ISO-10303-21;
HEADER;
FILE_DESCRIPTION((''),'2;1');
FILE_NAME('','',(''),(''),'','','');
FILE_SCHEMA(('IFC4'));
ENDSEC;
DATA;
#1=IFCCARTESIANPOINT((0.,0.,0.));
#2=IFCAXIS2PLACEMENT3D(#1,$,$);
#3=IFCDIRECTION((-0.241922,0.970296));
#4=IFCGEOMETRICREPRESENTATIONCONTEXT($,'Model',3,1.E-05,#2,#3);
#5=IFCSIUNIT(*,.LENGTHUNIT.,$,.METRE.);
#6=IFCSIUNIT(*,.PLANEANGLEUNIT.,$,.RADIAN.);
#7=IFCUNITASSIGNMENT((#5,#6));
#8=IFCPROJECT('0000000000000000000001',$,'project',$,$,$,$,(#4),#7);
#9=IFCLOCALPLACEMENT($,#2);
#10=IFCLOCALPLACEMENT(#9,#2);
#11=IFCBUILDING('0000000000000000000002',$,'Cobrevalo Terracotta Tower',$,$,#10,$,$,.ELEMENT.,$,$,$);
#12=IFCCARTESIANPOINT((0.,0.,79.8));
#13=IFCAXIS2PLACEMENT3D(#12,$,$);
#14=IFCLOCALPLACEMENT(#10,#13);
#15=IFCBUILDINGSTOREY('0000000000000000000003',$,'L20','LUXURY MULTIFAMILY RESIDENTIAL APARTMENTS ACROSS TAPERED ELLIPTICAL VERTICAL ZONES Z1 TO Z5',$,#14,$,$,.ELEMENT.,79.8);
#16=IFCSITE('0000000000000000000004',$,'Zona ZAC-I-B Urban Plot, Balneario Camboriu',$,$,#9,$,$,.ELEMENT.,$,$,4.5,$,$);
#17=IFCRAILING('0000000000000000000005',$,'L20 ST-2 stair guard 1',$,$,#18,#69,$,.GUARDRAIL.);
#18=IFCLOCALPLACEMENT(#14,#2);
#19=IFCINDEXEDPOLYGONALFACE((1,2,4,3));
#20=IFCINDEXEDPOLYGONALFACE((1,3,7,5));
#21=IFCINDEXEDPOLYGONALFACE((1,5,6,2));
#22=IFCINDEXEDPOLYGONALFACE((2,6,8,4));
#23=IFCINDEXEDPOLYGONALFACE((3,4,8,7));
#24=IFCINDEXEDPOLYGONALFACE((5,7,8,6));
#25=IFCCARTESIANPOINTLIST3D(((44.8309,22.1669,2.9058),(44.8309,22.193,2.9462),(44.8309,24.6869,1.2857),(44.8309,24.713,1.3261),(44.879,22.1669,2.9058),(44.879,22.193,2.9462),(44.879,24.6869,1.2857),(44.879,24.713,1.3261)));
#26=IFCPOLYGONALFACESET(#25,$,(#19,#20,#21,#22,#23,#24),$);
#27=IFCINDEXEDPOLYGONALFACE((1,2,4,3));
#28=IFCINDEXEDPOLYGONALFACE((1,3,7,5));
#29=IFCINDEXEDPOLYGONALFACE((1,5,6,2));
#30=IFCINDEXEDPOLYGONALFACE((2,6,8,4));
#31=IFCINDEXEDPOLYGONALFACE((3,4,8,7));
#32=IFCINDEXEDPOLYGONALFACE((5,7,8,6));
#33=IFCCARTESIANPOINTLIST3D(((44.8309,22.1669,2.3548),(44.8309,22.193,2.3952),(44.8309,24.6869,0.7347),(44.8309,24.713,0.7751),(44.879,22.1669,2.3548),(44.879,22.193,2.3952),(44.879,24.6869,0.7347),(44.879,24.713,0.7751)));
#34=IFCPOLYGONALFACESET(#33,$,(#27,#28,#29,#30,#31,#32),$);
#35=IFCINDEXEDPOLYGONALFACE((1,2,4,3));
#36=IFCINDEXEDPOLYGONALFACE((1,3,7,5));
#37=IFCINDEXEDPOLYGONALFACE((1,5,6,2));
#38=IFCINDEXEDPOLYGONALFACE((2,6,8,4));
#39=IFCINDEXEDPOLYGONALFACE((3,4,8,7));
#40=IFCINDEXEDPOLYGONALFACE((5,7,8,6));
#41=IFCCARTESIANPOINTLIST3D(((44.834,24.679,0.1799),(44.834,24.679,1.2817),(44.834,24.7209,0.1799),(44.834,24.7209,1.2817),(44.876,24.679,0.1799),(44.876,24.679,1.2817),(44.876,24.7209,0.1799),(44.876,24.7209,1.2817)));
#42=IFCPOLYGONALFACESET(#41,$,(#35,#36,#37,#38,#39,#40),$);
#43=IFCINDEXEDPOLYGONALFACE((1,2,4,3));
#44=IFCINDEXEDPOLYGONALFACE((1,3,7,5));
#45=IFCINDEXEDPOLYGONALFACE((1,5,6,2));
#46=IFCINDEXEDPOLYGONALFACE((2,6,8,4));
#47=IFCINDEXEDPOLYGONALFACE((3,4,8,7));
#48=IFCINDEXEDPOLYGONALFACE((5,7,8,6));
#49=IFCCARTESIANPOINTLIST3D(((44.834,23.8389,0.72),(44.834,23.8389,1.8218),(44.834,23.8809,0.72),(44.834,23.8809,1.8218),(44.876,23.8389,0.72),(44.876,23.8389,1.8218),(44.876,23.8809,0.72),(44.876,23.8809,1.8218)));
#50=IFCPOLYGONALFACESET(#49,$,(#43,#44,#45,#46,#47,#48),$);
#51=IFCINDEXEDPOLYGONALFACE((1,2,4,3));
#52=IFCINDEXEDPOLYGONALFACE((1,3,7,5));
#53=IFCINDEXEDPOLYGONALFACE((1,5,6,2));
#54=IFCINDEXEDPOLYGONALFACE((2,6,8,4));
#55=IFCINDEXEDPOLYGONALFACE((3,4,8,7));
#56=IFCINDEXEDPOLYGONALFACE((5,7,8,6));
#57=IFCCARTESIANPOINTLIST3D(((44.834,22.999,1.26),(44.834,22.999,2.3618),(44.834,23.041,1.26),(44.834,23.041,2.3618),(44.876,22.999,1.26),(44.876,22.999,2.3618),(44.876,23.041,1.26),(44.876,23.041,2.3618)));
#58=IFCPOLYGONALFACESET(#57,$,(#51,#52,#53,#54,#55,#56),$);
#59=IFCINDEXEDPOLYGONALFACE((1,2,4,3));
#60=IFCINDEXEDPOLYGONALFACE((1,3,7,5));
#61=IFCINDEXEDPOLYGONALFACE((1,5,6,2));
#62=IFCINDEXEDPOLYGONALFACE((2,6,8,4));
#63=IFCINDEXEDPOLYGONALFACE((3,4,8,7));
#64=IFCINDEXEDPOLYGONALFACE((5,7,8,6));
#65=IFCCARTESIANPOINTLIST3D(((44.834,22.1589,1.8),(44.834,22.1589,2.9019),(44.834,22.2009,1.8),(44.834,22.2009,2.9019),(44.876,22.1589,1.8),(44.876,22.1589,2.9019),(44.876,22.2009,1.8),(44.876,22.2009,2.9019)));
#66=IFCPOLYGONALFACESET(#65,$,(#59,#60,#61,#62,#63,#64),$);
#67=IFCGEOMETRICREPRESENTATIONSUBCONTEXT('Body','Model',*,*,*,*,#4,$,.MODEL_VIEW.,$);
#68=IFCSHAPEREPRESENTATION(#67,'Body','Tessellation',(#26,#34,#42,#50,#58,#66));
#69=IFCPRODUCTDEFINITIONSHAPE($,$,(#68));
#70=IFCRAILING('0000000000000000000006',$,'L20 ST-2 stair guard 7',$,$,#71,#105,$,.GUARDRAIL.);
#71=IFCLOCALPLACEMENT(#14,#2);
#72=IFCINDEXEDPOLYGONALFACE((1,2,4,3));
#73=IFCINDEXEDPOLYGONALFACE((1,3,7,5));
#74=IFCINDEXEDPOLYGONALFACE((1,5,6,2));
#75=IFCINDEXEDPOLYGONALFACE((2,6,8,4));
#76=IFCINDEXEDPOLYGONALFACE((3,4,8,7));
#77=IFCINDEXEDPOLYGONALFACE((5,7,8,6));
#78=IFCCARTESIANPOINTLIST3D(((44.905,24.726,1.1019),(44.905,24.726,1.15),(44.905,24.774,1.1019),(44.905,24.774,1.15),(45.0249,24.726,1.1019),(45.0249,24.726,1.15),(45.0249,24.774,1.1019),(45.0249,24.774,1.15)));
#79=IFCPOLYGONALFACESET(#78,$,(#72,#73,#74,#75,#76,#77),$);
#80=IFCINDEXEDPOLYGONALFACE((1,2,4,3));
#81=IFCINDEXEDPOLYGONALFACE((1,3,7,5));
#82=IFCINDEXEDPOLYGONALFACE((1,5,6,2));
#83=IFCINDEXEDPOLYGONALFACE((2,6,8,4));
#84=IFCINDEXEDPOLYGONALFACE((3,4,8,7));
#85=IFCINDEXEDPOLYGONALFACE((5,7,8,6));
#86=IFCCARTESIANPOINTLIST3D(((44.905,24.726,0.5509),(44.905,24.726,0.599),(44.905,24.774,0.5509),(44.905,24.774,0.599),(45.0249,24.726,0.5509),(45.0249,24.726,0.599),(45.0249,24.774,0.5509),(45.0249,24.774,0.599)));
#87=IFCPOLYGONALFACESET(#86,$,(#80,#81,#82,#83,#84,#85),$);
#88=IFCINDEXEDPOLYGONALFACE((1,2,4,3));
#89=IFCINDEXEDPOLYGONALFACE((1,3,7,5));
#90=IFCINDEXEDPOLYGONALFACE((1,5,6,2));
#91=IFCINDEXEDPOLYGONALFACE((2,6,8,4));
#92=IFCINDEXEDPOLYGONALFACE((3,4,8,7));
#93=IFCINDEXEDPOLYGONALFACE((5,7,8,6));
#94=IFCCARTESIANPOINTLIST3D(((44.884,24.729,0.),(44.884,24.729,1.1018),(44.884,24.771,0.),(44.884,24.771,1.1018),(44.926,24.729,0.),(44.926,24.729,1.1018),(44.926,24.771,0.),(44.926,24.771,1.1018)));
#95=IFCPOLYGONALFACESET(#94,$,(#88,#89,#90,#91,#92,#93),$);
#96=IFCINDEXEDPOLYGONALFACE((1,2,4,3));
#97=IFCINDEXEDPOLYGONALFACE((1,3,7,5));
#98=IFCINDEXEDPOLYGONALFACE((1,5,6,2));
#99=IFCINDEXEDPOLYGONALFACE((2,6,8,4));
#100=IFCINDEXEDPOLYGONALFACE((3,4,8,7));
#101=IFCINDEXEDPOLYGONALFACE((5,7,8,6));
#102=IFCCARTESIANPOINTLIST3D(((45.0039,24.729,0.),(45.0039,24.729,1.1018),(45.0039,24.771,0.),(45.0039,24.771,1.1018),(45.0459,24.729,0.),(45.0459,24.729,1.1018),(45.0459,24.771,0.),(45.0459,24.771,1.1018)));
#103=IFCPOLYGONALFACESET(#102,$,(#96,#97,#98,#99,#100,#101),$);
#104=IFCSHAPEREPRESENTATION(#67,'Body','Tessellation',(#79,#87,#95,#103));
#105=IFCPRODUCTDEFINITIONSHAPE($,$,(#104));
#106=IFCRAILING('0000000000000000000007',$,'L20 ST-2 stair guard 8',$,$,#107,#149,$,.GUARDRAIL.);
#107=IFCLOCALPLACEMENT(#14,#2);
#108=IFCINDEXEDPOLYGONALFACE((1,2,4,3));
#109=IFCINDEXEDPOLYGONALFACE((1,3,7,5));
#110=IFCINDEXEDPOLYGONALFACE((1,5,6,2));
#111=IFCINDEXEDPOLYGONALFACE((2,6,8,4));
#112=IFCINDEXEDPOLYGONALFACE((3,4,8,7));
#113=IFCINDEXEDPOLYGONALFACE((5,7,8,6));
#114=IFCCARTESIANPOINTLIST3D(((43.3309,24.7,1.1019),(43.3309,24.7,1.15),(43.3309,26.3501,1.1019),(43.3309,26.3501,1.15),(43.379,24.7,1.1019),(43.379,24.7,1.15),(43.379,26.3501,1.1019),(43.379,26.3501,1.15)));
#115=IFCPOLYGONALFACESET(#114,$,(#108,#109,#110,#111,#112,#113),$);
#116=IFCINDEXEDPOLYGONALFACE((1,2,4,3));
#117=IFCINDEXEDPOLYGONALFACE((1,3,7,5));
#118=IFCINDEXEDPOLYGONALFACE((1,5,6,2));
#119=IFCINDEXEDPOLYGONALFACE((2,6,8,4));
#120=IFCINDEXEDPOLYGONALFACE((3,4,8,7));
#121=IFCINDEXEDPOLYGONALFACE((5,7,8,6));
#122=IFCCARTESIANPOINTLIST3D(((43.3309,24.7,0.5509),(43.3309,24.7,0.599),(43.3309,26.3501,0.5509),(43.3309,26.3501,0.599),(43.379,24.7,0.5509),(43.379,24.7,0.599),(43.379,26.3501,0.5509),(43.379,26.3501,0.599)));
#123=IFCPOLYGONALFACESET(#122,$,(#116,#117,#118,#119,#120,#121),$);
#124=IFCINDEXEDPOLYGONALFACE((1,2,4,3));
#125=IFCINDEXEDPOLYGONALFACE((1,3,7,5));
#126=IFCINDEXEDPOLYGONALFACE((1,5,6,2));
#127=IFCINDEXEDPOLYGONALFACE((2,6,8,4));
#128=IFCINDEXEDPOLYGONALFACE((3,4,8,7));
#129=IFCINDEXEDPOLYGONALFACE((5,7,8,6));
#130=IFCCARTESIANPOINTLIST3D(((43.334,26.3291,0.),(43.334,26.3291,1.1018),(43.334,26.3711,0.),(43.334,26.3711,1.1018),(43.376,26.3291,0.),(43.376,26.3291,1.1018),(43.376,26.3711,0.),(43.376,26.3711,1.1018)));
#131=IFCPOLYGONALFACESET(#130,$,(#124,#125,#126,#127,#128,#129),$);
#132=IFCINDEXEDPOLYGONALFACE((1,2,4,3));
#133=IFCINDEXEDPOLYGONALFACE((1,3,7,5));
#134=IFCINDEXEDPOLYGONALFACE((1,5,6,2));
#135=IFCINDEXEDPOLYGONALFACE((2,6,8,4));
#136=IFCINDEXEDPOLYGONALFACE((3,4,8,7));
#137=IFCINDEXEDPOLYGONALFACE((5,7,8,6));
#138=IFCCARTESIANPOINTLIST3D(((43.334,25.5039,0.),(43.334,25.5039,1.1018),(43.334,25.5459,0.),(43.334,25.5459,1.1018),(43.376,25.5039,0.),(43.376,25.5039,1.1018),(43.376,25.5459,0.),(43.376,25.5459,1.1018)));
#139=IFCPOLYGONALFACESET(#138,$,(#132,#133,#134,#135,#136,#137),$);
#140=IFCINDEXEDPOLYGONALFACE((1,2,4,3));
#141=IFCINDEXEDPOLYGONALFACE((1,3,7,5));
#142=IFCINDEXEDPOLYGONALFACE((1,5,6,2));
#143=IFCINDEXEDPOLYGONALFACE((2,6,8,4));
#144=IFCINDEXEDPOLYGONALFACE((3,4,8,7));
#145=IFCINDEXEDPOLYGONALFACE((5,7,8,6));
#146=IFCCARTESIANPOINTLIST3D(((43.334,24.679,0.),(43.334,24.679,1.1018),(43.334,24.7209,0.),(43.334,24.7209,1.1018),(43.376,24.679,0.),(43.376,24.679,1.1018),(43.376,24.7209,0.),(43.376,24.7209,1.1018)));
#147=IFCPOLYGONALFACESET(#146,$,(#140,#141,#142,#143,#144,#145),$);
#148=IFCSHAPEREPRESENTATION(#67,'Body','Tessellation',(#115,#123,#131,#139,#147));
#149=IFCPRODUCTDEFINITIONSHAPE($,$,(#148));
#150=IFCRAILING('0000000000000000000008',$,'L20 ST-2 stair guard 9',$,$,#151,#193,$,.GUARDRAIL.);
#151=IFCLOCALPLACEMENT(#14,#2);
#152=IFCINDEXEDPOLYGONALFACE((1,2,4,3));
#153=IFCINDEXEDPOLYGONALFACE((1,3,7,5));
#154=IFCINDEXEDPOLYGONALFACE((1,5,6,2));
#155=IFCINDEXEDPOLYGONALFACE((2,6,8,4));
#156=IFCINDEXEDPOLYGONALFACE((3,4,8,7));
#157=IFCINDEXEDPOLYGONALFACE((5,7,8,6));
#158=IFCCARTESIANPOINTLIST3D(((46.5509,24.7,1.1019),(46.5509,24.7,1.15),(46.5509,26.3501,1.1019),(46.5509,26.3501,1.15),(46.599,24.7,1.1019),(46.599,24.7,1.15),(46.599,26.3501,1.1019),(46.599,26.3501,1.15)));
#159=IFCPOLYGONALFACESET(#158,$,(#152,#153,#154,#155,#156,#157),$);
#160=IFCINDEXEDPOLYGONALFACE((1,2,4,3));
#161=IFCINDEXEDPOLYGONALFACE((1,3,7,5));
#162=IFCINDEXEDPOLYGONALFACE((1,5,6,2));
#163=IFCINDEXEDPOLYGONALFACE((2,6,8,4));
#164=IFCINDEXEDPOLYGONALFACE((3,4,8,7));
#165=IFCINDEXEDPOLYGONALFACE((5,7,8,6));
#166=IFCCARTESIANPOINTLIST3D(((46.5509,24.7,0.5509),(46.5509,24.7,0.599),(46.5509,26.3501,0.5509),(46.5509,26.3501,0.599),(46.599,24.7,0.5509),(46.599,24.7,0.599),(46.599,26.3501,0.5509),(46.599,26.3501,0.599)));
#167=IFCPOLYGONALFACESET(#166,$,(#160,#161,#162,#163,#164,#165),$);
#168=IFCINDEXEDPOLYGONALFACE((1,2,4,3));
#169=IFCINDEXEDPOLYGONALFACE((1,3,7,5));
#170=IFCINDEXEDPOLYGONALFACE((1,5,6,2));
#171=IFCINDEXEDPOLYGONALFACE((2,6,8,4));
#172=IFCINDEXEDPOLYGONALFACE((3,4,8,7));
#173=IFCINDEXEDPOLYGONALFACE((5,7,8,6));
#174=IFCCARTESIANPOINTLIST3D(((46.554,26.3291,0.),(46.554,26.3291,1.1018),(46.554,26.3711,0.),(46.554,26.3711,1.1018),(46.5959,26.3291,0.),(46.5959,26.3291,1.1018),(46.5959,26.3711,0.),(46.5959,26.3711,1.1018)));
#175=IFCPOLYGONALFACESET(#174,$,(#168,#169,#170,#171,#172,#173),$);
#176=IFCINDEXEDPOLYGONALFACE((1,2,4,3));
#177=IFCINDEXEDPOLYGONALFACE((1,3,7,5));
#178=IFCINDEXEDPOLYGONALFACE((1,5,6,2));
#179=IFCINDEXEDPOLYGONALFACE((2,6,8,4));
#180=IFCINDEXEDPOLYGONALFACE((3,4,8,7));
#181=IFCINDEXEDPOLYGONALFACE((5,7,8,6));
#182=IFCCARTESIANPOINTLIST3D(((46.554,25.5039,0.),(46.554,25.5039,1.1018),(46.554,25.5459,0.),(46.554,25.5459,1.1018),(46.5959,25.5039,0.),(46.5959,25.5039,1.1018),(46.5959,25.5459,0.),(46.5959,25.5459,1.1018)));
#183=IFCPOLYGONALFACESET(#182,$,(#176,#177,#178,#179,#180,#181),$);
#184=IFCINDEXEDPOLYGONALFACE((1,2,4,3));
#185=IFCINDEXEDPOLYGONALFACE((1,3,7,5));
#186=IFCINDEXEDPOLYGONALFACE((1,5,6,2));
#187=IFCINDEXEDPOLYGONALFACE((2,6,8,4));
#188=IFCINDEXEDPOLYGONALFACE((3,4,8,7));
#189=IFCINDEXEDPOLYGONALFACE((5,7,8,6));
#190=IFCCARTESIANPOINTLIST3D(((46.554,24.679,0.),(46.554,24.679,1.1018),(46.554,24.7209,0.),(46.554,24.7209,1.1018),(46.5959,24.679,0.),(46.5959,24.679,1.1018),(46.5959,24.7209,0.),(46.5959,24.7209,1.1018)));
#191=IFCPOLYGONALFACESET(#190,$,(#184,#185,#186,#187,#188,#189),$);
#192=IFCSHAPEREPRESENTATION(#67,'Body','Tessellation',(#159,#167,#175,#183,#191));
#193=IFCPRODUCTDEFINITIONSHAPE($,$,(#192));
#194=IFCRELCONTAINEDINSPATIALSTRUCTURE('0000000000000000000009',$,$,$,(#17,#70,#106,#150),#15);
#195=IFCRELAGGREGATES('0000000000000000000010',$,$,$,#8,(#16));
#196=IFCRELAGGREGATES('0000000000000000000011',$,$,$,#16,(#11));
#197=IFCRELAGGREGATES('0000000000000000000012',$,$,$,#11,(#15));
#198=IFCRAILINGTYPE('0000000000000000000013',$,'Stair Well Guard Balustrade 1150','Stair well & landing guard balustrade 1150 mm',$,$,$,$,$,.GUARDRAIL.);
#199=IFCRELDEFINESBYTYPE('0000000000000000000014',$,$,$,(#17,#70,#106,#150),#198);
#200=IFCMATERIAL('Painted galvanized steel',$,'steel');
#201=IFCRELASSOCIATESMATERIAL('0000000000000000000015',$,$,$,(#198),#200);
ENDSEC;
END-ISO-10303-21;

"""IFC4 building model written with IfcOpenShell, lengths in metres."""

from ifc_helpers import new_model, si_unit, direction, frame, origin, origin_2d, place, context, subcontext, project, spatial, rectangle, extrude, material, type_object, element, save


model = new_model("IFC4")

# Units and contexts
model_context = context("Model", 3, precision=1e-05, world=origin(), true_north=direction((-0.241922, 0.970296)))
body_context = subcontext(model_context, "Body", "Model", "MODEL_VIEW")
ifc_project = project(units=[si_unit("LENGTHUNIT", "METRE"), si_unit("PLANEANGLEUNIT", "RADIAN")], contexts=[model_context])

# Site, building, storey
site_placement = place(None, origin())
site = spatial("IfcSite", under=ifc_project, at=site_placement, Name="Zona ZAC-I-B Urban Plot, Balneario Camboriu", CompositionType="ELEMENT", RefElevation=4.5)
building_placement = place(site_placement, origin())
building = spatial("IfcBuilding", under=site, at=building_placement, Name="Cobrevalo Terracotta Tower", CompositionType="ELEMENT")
storey_placement = place(building_placement, frame((0.0, 0.0, 79.8)))
storey = spatial("IfcBuildingStorey", under=building, at=storey_placement, Name="L20", Description="LUXURY MULTIFAMILY RESIDENTIAL APARTMENTS ACROSS TAPERED ELLIPTICAL VERTICAL ZONES Z1 TO Z5", CompositionType="ELEMENT", Elevation=79.8)

# Railings
ifc_material_1 = material(Name="Painted galvanized steel", Category="steel")
railing_type_1 = type_object("IfcRailingType", Name="Stair Well Guard Balustrade 1150", Description="Stair well & landing guard balustrade 1150 mm", PredefinedType="GUARDRAIL", material=ifc_material_1)
railing_1_placement = place(storey_placement, frame((44.855, 24.7, 0.1799)))
element("IfcRailing", 1, at=railing_1_placement, inside=storey, type_object=railing_type_1, Name="L20 ST-2 stair guard 1", PredefinedType="GUARDRAIL", context=body_context, shape_type="SweptSolid", body=[
    extrude(rectangle(XDim=0.0481, YDim=0.0481, at=origin_2d()), frame((0.0, 0.0, 1.126), z_axis=(0.0, -0.841163, 0.540782), x_axis=(1.0, 0.0, 0.0)), (0.0, 0.0, 1.0), 2.9958),
    extrude(rectangle(XDim=0.0481, YDim=0.0481, at=origin_2d()), frame((0.0, 0.0, 0.575), z_axis=(0.0, -0.841163, 0.540782), x_axis=(1.0, 0.0, 0.0)), (0.0, 0.0, 1.0), 2.9958),
    extrude(rectangle(XDim=0.042, YDim=0.042, at=origin_2d()), origin(), (0.0, 0.0, 1.0), 1.1018),
    extrude(rectangle(XDim=0.042, YDim=0.042, at=origin_2d()), frame((0.0, -0.8401, 0.54)), (0.0, 0.0, 1.0), 1.1018),
    extrude(rectangle(XDim=0.042, YDim=0.042, at=origin_2d()), frame((0.0, -1.6799, 1.0801)), (0.0, 0.0, 1.0), 1.1018),
    extrude(rectangle(XDim=0.042, YDim=0.042, at=origin_2d()), frame((0.0, -2.52, 1.6201)), (0.0, 0.0, 1.0), 1.1018),
])
railing_2_placement = place(storey_placement, frame((44.905, 24.75, 0.0)))
element("IfcRailing", 2, at=railing_2_placement, inside=storey, type_object=railing_type_1, Name="L20 ST-2 stair guard 7", PredefinedType="GUARDRAIL", context=body_context, shape_type="SweptSolid", body=[
    extrude(rectangle(XDim=0.0481, YDim=0.0481, at=origin_2d()), frame((0.0, 0.0, 1.126), z_axis=(1.0, 0.0, 0.0), x_axis=(0.0, 1.0, 0.0)), (0.0, 0.0, 1.0), 0.1199),
    extrude(rectangle(XDim=0.0481, YDim=0.0481, at=origin_2d()), frame((0.0, 0.0, 0.575), z_axis=(1.0, 0.0, 0.0), x_axis=(0.0, 1.0, 0.0)), (0.0, 0.0, 1.0), 0.1199),
    extrude(rectangle(XDim=0.042, YDim=0.042, at=origin_2d()), origin(), (0.0, 0.0, 1.0), 1.1018),
    extrude(rectangle(XDim=0.042, YDim=0.042, at=origin_2d()), frame((0.1199, 0.0, 0.0)), (0.0, 0.0, 1.0), 1.1018),
])
for number, where, name in (
    (3, (43.355, 26.3501, 0.0), "L20 ST-2 stair guard 8"),
    (4, (46.575, 26.3501, 0.0), "L20 ST-2 stair guard 9"),
):
    element("IfcRailing", number, at=place(storey_placement, frame(where)), inside=storey, type_object=railing_type_1, Name=name, PredefinedType="GUARDRAIL", context=body_context, shape_type="SweptSolid", body=[
        extrude(rectangle(XDim=0.0481, YDim=0.0481, at=origin_2d()), frame((0.0, 0.0, 1.126), z_axis=(0.0, -1.0, 0.0), x_axis=(1.0, 0.0, 0.0)), (0.0, 0.0, 1.0), 1.6501),
        extrude(rectangle(XDim=0.0481, YDim=0.0481, at=origin_2d()), frame((0.0, 0.0, 0.575), z_axis=(0.0, -1.0, 0.0), x_axis=(1.0, 0.0, 0.0)), (0.0, 0.0, 1.0), 1.6501),
        extrude(rectangle(XDim=0.042, YDim=0.042, at=origin_2d()), origin(), (0.0, 0.0, 1.0), 1.1018),
        extrude(rectangle(XDim=0.042, YDim=0.042, at=origin_2d()), frame((0.0, -0.8252, 0.0)), (0.0, 0.0, 1.0), 1.1018),
        extrude(rectangle(XDim=0.042, YDim=0.042, at=origin_2d()), frame((0.0, -1.6501, 0.0)), (0.0, 0.0, 1.0), 1.1018),
    ])

save(model, "model.ifc")
